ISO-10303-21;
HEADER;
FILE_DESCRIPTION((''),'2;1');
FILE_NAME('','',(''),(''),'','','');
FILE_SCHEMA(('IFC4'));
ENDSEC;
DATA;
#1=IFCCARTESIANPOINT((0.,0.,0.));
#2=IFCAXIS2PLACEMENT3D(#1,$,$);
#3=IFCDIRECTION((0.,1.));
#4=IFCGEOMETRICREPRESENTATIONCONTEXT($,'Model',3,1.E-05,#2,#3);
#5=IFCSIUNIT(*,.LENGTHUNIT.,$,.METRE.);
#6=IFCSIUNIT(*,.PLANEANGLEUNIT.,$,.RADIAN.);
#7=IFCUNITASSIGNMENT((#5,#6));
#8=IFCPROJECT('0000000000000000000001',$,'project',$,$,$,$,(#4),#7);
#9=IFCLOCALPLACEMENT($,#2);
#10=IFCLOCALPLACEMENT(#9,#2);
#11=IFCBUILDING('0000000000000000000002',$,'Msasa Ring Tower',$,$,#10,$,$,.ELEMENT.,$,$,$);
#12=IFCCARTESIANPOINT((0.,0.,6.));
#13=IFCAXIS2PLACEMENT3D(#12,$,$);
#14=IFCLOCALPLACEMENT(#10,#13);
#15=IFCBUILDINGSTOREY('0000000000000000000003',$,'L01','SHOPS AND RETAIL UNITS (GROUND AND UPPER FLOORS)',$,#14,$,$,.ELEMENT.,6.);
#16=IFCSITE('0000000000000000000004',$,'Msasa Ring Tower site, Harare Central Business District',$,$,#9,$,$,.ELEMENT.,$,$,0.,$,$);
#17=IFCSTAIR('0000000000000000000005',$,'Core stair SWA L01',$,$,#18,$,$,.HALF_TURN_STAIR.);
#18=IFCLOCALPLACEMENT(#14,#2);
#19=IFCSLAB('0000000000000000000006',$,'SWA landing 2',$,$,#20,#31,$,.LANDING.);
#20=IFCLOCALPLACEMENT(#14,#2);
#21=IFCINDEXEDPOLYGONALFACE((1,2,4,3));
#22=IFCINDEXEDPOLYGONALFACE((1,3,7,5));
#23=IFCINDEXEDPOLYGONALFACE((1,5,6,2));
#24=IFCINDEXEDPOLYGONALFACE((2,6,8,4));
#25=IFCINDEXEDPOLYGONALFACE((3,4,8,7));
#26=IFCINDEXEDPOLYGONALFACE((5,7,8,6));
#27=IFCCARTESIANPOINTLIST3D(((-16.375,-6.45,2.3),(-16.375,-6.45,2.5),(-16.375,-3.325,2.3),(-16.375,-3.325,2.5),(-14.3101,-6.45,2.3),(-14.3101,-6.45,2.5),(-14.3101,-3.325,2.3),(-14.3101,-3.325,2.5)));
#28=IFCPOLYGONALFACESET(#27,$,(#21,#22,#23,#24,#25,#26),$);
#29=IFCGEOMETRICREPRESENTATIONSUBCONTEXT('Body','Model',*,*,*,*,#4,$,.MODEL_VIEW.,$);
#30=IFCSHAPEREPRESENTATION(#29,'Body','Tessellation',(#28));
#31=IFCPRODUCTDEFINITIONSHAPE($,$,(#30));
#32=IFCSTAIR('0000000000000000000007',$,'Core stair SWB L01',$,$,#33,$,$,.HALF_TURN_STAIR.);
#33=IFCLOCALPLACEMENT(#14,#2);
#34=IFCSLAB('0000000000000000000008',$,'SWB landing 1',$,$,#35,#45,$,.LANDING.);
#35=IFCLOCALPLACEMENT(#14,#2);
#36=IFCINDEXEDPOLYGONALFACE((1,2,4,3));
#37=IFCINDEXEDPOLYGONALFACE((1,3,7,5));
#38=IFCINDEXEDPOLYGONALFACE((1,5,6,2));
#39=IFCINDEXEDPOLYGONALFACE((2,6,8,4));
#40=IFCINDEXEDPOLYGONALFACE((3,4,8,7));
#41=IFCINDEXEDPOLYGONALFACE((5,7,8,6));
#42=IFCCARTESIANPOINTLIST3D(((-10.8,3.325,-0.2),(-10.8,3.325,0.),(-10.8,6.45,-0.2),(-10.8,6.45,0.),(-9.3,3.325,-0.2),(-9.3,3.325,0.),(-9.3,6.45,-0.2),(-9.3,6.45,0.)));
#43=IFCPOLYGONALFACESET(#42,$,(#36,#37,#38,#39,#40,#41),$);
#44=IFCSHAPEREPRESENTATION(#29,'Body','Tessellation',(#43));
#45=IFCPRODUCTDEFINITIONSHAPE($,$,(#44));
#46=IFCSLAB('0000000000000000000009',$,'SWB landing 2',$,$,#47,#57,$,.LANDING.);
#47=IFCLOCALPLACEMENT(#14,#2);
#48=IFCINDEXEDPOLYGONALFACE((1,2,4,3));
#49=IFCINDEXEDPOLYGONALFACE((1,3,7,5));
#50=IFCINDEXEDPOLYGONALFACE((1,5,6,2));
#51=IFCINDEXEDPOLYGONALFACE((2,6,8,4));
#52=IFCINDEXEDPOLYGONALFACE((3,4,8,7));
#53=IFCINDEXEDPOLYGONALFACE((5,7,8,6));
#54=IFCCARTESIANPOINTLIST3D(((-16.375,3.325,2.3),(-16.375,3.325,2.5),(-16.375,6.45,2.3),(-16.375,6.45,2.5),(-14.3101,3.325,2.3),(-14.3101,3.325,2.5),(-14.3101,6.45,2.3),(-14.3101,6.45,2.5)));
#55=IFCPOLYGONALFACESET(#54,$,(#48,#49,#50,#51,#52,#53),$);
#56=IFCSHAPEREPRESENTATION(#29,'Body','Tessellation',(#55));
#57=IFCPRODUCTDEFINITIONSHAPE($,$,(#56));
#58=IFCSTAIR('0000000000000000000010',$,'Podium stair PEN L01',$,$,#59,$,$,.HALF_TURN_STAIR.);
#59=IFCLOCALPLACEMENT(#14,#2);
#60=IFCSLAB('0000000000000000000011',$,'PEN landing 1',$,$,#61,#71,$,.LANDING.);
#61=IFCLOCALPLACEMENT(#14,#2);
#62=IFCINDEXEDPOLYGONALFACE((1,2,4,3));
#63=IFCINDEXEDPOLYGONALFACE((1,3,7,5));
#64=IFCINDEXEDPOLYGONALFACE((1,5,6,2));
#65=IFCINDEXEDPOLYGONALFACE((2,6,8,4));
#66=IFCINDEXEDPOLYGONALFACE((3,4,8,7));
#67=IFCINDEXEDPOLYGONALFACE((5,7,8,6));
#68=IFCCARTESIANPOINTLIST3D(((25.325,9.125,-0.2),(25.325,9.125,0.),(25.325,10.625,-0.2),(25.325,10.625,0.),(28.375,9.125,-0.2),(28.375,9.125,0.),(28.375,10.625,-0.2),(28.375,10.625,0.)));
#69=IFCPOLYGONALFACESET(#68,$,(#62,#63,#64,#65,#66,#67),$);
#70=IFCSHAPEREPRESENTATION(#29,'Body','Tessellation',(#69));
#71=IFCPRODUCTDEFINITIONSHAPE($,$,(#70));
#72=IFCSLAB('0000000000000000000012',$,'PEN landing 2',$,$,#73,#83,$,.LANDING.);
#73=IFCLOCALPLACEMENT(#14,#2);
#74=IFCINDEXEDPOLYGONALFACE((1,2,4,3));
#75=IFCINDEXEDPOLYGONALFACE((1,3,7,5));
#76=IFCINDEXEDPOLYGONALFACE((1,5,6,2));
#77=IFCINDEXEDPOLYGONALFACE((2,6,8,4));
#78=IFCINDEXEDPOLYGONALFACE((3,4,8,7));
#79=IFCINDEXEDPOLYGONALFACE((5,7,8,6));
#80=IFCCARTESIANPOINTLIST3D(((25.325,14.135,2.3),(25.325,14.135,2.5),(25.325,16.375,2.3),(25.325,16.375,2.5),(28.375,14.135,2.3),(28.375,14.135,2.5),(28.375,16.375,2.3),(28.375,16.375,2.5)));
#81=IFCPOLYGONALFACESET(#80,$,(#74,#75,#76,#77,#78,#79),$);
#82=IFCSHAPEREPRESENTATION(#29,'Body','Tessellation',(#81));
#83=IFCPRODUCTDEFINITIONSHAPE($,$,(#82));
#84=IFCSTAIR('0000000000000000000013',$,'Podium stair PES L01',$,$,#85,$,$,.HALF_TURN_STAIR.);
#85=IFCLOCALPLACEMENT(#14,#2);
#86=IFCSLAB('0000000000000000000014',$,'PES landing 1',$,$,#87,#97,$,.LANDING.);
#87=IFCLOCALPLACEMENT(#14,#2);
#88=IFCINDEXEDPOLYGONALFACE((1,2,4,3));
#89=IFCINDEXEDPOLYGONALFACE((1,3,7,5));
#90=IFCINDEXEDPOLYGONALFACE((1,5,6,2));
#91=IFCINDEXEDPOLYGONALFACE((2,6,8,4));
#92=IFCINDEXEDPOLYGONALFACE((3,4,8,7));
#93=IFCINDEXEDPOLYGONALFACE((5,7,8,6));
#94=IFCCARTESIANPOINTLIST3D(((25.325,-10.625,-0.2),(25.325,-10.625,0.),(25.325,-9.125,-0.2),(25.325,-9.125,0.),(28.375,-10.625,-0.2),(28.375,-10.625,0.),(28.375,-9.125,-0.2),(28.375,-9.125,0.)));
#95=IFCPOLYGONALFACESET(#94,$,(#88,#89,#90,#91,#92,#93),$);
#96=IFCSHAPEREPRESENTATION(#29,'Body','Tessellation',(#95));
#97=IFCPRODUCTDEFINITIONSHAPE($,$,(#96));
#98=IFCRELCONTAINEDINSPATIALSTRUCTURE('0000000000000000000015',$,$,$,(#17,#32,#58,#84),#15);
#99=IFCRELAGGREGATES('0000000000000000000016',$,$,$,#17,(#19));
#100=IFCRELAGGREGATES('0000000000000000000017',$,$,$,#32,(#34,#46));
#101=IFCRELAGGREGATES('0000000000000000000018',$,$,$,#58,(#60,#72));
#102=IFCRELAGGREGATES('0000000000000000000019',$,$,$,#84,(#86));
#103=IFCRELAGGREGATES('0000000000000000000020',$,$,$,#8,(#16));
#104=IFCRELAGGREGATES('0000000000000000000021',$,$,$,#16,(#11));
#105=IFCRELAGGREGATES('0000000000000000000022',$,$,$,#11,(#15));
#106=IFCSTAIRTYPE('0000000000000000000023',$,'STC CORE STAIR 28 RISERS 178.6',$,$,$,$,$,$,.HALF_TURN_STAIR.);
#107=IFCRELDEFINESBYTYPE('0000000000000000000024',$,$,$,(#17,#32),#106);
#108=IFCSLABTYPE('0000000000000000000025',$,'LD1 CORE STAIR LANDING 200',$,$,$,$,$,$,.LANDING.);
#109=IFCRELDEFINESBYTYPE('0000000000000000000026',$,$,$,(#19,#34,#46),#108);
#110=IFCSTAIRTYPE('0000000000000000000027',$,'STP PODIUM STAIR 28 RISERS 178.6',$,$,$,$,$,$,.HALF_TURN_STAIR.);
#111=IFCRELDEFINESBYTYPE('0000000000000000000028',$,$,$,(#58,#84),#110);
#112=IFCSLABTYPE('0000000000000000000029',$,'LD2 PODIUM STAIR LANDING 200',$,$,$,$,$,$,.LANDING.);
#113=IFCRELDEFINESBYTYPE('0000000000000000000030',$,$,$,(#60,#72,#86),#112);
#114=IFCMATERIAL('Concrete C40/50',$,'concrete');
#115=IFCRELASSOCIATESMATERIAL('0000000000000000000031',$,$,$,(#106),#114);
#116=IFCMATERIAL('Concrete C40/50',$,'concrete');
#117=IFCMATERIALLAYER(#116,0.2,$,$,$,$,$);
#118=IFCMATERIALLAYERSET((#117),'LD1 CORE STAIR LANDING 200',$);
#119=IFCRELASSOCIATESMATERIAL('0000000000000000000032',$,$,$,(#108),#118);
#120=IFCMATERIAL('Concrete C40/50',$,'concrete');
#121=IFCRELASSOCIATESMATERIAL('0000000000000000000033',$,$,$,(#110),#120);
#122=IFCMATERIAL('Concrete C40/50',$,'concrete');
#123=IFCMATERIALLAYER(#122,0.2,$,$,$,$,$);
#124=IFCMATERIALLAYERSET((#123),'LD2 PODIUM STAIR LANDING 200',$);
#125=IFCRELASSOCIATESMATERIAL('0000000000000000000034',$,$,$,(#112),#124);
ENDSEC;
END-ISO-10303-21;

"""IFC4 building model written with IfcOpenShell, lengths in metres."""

from ifc_helpers import new_model, si_unit, direction, frame, origin, place, context, subcontext, project, spatial, polyline, outline, extrude, material, layer, layer_set, type_object, element, aggregate, save


model = new_model("IFC4")

# Units and contexts
model_context = context("Model", 3, precision=1e-05, world=origin(), true_north=direction((0.0, 1.0)))
body_context = subcontext(model_context, "Body", "Model", "MODEL_VIEW")
ifc_project = project(units=[si_unit("LENGTHUNIT", "METRE"), si_unit("PLANEANGLEUNIT", "RADIAN")], contexts=[model_context])

# Site, building, storey
site_placement = place(None, origin())
site = spatial("IfcSite", under=ifc_project, at=site_placement, Name="Msasa Ring Tower site, Harare Central Business District", CompositionType="ELEMENT", RefElevation=0.0)
building_placement = place(site_placement, origin())
building = spatial("IfcBuilding", under=site, at=building_placement, Name="Msasa Ring Tower", CompositionType="ELEMENT")
storey_placement = place(building_placement, frame((0.0, 0.0, 6.0)))
storey = spatial("IfcBuildingStorey", under=building, at=storey_placement, Name="L01", Description="SHOPS AND RETAIL UNITS (GROUND AND UPPER FLOORS)", CompositionType="ELEMENT", Elevation=6.0)

# Stairs, slabs
ifc_material_1 = material(Name="Concrete C40/50", Category="concrete")
stair_type_1 = type_object("IfcStairType", Name="STC CORE STAIR 28 RISERS 178.6", PredefinedType="HALF_TURN_STAIR", material=ifc_material_1)
ifc_material_2 = material(Name="Concrete C40/50", Category="concrete")
ifc_layer_1 = layer(ifc_material_2, 0.2)
ifc_layer_set_1 = layer_set([ifc_layer_1], Name="LD1 CORE STAIR LANDING 200")
slab_type_1 = type_object("IfcSlabType", Name="LD1 CORE STAIR LANDING 200", PredefinedType="LANDING", material=ifc_layer_set_1)
stair_1_placement = place(storey_placement, origin())
stair_1 = element("IfcStair", 1, at=stair_1_placement, inside=storey, type_object=stair_type_1, Name="Core stair SWA L01", PredefinedType="HALF_TURN_STAIR")
slab_1_placement = place(storey_placement, frame((0.0, 0.0, 2.3)))
slab_1 = element("IfcSlab", 2, at=slab_1_placement, type_object=slab_type_1, Name="SWA landing 2", PredefinedType="LANDING", context=body_context, shape_type="SweptSolid", body=[
    extrude(outline(polyline([(-16.375, -6.45), (-14.3101, -6.45), (-14.3101, -3.325), (-16.375, -3.325), (-16.375, -6.45)])), origin(), (0.0, 0.0, 1.0), 0.2),
])
aggregate(stair_1, [slab_1])
stair_2_placement = place(storey_placement, origin())
stair_2 = element("IfcStair", 3, at=stair_2_placement, inside=storey, type_object=stair_type_1, Name="Core stair SWB L01", PredefinedType="HALF_TURN_STAIR")
slab_2_placement = place(storey_placement, frame((0.0, 0.0, -0.2)))
slab_2 = element("IfcSlab", 4, at=slab_2_placement, type_object=slab_type_1, Name="SWB landing 1", PredefinedType="LANDING", context=body_context, shape_type="SweptSolid", body=[
    extrude(outline(polyline([(-10.8, 3.325), (-9.3, 3.325), (-9.3, 6.45), (-10.8, 6.45), (-10.8, 3.325)])), origin(), (0.0, 0.0, 1.0), 0.2),
])
slab_3_placement = place(storey_placement, frame((0.0, 0.0, 2.3)))
slab_3 = element("IfcSlab", 5, at=slab_3_placement, type_object=slab_type_1, Name="SWB landing 2", PredefinedType="LANDING", context=body_context, shape_type="SweptSolid", body=[
    extrude(outline(polyline([(-16.375, 3.325), (-14.3101, 3.325), (-14.3101, 6.45), (-16.375, 6.45), (-16.375, 3.325)])), origin(), (0.0, 0.0, 1.0), 0.2),
])
aggregate(stair_2, [slab_2, slab_3])
ifc_material_3 = material(Name="Concrete C40/50", Category="concrete")
stair_type_2 = type_object("IfcStairType", Name="STP PODIUM STAIR 28 RISERS 178.6", PredefinedType="HALF_TURN_STAIR", material=ifc_material_3)
stair_3_placement = place(storey_placement, origin())
stair_3 = element("IfcStair", 6, at=stair_3_placement, inside=storey, type_object=stair_type_2, Name="Podium stair PEN L01", PredefinedType="HALF_TURN_STAIR")
ifc_material_4 = material(Name="Concrete C40/50", Category="concrete")
ifc_layer_2 = layer(ifc_material_4, 0.2)
ifc_layer_set_2 = layer_set([ifc_layer_2], Name="LD2 PODIUM STAIR LANDING 200")
slab_type_2 = type_object("IfcSlabType", Name="LD2 PODIUM STAIR LANDING 200", PredefinedType="LANDING", material=ifc_layer_set_2)
slab_4_placement = place(storey_placement, frame((0.0, 0.0, -0.2)))
slab_4 = element("IfcSlab", 7, at=slab_4_placement, type_object=slab_type_2, Name="PEN landing 1", PredefinedType="LANDING", context=body_context, shape_type="SweptSolid", body=[
    extrude(outline(polyline([(25.325, 9.125), (28.375, 9.125), (28.375, 10.625), (25.325, 10.625), (25.325, 9.125)])), origin(), (0.0, 0.0, 1.0), 0.2),
])
slab_5_placement = place(storey_placement, frame((0.0, 0.0, 2.3)))
slab_5 = element("IfcSlab", 8, at=slab_5_placement, type_object=slab_type_2, Name="PEN landing 2", PredefinedType="LANDING", context=body_context, shape_type="SweptSolid", body=[
    extrude(outline(polyline([(25.325, 14.135), (28.375, 14.135), (28.375, 16.375), (25.325, 16.375), (25.325, 14.135)])), origin(), (0.0, 0.0, 1.0), 0.2),
])
aggregate(stair_3, [slab_4, slab_5])

# Stair, slab
stair_4_placement = place(storey_placement, origin())
stair_4 = element("IfcStair", 9, at=stair_4_placement, inside=storey, type_object=stair_type_2, Name="Podium stair PES L01", PredefinedType="HALF_TURN_STAIR")
slab_6_placement = place(storey_placement, frame((0.0, 0.0, -0.2)))
slab_6 = element("IfcSlab", 10, at=slab_6_placement, type_object=slab_type_2, Name="PES landing 1", PredefinedType="LANDING", context=body_context, shape_type="SweptSolid", body=[
    extrude(outline(polyline([(25.325, -10.625), (28.375, -10.625), (28.375, -9.125), (25.325, -9.125), (25.325, -10.625)])), origin(), (0.0, 0.0, 1.0), 0.2),
])
aggregate(stair_4, [slab_6])

save(model, "model.ifc")
